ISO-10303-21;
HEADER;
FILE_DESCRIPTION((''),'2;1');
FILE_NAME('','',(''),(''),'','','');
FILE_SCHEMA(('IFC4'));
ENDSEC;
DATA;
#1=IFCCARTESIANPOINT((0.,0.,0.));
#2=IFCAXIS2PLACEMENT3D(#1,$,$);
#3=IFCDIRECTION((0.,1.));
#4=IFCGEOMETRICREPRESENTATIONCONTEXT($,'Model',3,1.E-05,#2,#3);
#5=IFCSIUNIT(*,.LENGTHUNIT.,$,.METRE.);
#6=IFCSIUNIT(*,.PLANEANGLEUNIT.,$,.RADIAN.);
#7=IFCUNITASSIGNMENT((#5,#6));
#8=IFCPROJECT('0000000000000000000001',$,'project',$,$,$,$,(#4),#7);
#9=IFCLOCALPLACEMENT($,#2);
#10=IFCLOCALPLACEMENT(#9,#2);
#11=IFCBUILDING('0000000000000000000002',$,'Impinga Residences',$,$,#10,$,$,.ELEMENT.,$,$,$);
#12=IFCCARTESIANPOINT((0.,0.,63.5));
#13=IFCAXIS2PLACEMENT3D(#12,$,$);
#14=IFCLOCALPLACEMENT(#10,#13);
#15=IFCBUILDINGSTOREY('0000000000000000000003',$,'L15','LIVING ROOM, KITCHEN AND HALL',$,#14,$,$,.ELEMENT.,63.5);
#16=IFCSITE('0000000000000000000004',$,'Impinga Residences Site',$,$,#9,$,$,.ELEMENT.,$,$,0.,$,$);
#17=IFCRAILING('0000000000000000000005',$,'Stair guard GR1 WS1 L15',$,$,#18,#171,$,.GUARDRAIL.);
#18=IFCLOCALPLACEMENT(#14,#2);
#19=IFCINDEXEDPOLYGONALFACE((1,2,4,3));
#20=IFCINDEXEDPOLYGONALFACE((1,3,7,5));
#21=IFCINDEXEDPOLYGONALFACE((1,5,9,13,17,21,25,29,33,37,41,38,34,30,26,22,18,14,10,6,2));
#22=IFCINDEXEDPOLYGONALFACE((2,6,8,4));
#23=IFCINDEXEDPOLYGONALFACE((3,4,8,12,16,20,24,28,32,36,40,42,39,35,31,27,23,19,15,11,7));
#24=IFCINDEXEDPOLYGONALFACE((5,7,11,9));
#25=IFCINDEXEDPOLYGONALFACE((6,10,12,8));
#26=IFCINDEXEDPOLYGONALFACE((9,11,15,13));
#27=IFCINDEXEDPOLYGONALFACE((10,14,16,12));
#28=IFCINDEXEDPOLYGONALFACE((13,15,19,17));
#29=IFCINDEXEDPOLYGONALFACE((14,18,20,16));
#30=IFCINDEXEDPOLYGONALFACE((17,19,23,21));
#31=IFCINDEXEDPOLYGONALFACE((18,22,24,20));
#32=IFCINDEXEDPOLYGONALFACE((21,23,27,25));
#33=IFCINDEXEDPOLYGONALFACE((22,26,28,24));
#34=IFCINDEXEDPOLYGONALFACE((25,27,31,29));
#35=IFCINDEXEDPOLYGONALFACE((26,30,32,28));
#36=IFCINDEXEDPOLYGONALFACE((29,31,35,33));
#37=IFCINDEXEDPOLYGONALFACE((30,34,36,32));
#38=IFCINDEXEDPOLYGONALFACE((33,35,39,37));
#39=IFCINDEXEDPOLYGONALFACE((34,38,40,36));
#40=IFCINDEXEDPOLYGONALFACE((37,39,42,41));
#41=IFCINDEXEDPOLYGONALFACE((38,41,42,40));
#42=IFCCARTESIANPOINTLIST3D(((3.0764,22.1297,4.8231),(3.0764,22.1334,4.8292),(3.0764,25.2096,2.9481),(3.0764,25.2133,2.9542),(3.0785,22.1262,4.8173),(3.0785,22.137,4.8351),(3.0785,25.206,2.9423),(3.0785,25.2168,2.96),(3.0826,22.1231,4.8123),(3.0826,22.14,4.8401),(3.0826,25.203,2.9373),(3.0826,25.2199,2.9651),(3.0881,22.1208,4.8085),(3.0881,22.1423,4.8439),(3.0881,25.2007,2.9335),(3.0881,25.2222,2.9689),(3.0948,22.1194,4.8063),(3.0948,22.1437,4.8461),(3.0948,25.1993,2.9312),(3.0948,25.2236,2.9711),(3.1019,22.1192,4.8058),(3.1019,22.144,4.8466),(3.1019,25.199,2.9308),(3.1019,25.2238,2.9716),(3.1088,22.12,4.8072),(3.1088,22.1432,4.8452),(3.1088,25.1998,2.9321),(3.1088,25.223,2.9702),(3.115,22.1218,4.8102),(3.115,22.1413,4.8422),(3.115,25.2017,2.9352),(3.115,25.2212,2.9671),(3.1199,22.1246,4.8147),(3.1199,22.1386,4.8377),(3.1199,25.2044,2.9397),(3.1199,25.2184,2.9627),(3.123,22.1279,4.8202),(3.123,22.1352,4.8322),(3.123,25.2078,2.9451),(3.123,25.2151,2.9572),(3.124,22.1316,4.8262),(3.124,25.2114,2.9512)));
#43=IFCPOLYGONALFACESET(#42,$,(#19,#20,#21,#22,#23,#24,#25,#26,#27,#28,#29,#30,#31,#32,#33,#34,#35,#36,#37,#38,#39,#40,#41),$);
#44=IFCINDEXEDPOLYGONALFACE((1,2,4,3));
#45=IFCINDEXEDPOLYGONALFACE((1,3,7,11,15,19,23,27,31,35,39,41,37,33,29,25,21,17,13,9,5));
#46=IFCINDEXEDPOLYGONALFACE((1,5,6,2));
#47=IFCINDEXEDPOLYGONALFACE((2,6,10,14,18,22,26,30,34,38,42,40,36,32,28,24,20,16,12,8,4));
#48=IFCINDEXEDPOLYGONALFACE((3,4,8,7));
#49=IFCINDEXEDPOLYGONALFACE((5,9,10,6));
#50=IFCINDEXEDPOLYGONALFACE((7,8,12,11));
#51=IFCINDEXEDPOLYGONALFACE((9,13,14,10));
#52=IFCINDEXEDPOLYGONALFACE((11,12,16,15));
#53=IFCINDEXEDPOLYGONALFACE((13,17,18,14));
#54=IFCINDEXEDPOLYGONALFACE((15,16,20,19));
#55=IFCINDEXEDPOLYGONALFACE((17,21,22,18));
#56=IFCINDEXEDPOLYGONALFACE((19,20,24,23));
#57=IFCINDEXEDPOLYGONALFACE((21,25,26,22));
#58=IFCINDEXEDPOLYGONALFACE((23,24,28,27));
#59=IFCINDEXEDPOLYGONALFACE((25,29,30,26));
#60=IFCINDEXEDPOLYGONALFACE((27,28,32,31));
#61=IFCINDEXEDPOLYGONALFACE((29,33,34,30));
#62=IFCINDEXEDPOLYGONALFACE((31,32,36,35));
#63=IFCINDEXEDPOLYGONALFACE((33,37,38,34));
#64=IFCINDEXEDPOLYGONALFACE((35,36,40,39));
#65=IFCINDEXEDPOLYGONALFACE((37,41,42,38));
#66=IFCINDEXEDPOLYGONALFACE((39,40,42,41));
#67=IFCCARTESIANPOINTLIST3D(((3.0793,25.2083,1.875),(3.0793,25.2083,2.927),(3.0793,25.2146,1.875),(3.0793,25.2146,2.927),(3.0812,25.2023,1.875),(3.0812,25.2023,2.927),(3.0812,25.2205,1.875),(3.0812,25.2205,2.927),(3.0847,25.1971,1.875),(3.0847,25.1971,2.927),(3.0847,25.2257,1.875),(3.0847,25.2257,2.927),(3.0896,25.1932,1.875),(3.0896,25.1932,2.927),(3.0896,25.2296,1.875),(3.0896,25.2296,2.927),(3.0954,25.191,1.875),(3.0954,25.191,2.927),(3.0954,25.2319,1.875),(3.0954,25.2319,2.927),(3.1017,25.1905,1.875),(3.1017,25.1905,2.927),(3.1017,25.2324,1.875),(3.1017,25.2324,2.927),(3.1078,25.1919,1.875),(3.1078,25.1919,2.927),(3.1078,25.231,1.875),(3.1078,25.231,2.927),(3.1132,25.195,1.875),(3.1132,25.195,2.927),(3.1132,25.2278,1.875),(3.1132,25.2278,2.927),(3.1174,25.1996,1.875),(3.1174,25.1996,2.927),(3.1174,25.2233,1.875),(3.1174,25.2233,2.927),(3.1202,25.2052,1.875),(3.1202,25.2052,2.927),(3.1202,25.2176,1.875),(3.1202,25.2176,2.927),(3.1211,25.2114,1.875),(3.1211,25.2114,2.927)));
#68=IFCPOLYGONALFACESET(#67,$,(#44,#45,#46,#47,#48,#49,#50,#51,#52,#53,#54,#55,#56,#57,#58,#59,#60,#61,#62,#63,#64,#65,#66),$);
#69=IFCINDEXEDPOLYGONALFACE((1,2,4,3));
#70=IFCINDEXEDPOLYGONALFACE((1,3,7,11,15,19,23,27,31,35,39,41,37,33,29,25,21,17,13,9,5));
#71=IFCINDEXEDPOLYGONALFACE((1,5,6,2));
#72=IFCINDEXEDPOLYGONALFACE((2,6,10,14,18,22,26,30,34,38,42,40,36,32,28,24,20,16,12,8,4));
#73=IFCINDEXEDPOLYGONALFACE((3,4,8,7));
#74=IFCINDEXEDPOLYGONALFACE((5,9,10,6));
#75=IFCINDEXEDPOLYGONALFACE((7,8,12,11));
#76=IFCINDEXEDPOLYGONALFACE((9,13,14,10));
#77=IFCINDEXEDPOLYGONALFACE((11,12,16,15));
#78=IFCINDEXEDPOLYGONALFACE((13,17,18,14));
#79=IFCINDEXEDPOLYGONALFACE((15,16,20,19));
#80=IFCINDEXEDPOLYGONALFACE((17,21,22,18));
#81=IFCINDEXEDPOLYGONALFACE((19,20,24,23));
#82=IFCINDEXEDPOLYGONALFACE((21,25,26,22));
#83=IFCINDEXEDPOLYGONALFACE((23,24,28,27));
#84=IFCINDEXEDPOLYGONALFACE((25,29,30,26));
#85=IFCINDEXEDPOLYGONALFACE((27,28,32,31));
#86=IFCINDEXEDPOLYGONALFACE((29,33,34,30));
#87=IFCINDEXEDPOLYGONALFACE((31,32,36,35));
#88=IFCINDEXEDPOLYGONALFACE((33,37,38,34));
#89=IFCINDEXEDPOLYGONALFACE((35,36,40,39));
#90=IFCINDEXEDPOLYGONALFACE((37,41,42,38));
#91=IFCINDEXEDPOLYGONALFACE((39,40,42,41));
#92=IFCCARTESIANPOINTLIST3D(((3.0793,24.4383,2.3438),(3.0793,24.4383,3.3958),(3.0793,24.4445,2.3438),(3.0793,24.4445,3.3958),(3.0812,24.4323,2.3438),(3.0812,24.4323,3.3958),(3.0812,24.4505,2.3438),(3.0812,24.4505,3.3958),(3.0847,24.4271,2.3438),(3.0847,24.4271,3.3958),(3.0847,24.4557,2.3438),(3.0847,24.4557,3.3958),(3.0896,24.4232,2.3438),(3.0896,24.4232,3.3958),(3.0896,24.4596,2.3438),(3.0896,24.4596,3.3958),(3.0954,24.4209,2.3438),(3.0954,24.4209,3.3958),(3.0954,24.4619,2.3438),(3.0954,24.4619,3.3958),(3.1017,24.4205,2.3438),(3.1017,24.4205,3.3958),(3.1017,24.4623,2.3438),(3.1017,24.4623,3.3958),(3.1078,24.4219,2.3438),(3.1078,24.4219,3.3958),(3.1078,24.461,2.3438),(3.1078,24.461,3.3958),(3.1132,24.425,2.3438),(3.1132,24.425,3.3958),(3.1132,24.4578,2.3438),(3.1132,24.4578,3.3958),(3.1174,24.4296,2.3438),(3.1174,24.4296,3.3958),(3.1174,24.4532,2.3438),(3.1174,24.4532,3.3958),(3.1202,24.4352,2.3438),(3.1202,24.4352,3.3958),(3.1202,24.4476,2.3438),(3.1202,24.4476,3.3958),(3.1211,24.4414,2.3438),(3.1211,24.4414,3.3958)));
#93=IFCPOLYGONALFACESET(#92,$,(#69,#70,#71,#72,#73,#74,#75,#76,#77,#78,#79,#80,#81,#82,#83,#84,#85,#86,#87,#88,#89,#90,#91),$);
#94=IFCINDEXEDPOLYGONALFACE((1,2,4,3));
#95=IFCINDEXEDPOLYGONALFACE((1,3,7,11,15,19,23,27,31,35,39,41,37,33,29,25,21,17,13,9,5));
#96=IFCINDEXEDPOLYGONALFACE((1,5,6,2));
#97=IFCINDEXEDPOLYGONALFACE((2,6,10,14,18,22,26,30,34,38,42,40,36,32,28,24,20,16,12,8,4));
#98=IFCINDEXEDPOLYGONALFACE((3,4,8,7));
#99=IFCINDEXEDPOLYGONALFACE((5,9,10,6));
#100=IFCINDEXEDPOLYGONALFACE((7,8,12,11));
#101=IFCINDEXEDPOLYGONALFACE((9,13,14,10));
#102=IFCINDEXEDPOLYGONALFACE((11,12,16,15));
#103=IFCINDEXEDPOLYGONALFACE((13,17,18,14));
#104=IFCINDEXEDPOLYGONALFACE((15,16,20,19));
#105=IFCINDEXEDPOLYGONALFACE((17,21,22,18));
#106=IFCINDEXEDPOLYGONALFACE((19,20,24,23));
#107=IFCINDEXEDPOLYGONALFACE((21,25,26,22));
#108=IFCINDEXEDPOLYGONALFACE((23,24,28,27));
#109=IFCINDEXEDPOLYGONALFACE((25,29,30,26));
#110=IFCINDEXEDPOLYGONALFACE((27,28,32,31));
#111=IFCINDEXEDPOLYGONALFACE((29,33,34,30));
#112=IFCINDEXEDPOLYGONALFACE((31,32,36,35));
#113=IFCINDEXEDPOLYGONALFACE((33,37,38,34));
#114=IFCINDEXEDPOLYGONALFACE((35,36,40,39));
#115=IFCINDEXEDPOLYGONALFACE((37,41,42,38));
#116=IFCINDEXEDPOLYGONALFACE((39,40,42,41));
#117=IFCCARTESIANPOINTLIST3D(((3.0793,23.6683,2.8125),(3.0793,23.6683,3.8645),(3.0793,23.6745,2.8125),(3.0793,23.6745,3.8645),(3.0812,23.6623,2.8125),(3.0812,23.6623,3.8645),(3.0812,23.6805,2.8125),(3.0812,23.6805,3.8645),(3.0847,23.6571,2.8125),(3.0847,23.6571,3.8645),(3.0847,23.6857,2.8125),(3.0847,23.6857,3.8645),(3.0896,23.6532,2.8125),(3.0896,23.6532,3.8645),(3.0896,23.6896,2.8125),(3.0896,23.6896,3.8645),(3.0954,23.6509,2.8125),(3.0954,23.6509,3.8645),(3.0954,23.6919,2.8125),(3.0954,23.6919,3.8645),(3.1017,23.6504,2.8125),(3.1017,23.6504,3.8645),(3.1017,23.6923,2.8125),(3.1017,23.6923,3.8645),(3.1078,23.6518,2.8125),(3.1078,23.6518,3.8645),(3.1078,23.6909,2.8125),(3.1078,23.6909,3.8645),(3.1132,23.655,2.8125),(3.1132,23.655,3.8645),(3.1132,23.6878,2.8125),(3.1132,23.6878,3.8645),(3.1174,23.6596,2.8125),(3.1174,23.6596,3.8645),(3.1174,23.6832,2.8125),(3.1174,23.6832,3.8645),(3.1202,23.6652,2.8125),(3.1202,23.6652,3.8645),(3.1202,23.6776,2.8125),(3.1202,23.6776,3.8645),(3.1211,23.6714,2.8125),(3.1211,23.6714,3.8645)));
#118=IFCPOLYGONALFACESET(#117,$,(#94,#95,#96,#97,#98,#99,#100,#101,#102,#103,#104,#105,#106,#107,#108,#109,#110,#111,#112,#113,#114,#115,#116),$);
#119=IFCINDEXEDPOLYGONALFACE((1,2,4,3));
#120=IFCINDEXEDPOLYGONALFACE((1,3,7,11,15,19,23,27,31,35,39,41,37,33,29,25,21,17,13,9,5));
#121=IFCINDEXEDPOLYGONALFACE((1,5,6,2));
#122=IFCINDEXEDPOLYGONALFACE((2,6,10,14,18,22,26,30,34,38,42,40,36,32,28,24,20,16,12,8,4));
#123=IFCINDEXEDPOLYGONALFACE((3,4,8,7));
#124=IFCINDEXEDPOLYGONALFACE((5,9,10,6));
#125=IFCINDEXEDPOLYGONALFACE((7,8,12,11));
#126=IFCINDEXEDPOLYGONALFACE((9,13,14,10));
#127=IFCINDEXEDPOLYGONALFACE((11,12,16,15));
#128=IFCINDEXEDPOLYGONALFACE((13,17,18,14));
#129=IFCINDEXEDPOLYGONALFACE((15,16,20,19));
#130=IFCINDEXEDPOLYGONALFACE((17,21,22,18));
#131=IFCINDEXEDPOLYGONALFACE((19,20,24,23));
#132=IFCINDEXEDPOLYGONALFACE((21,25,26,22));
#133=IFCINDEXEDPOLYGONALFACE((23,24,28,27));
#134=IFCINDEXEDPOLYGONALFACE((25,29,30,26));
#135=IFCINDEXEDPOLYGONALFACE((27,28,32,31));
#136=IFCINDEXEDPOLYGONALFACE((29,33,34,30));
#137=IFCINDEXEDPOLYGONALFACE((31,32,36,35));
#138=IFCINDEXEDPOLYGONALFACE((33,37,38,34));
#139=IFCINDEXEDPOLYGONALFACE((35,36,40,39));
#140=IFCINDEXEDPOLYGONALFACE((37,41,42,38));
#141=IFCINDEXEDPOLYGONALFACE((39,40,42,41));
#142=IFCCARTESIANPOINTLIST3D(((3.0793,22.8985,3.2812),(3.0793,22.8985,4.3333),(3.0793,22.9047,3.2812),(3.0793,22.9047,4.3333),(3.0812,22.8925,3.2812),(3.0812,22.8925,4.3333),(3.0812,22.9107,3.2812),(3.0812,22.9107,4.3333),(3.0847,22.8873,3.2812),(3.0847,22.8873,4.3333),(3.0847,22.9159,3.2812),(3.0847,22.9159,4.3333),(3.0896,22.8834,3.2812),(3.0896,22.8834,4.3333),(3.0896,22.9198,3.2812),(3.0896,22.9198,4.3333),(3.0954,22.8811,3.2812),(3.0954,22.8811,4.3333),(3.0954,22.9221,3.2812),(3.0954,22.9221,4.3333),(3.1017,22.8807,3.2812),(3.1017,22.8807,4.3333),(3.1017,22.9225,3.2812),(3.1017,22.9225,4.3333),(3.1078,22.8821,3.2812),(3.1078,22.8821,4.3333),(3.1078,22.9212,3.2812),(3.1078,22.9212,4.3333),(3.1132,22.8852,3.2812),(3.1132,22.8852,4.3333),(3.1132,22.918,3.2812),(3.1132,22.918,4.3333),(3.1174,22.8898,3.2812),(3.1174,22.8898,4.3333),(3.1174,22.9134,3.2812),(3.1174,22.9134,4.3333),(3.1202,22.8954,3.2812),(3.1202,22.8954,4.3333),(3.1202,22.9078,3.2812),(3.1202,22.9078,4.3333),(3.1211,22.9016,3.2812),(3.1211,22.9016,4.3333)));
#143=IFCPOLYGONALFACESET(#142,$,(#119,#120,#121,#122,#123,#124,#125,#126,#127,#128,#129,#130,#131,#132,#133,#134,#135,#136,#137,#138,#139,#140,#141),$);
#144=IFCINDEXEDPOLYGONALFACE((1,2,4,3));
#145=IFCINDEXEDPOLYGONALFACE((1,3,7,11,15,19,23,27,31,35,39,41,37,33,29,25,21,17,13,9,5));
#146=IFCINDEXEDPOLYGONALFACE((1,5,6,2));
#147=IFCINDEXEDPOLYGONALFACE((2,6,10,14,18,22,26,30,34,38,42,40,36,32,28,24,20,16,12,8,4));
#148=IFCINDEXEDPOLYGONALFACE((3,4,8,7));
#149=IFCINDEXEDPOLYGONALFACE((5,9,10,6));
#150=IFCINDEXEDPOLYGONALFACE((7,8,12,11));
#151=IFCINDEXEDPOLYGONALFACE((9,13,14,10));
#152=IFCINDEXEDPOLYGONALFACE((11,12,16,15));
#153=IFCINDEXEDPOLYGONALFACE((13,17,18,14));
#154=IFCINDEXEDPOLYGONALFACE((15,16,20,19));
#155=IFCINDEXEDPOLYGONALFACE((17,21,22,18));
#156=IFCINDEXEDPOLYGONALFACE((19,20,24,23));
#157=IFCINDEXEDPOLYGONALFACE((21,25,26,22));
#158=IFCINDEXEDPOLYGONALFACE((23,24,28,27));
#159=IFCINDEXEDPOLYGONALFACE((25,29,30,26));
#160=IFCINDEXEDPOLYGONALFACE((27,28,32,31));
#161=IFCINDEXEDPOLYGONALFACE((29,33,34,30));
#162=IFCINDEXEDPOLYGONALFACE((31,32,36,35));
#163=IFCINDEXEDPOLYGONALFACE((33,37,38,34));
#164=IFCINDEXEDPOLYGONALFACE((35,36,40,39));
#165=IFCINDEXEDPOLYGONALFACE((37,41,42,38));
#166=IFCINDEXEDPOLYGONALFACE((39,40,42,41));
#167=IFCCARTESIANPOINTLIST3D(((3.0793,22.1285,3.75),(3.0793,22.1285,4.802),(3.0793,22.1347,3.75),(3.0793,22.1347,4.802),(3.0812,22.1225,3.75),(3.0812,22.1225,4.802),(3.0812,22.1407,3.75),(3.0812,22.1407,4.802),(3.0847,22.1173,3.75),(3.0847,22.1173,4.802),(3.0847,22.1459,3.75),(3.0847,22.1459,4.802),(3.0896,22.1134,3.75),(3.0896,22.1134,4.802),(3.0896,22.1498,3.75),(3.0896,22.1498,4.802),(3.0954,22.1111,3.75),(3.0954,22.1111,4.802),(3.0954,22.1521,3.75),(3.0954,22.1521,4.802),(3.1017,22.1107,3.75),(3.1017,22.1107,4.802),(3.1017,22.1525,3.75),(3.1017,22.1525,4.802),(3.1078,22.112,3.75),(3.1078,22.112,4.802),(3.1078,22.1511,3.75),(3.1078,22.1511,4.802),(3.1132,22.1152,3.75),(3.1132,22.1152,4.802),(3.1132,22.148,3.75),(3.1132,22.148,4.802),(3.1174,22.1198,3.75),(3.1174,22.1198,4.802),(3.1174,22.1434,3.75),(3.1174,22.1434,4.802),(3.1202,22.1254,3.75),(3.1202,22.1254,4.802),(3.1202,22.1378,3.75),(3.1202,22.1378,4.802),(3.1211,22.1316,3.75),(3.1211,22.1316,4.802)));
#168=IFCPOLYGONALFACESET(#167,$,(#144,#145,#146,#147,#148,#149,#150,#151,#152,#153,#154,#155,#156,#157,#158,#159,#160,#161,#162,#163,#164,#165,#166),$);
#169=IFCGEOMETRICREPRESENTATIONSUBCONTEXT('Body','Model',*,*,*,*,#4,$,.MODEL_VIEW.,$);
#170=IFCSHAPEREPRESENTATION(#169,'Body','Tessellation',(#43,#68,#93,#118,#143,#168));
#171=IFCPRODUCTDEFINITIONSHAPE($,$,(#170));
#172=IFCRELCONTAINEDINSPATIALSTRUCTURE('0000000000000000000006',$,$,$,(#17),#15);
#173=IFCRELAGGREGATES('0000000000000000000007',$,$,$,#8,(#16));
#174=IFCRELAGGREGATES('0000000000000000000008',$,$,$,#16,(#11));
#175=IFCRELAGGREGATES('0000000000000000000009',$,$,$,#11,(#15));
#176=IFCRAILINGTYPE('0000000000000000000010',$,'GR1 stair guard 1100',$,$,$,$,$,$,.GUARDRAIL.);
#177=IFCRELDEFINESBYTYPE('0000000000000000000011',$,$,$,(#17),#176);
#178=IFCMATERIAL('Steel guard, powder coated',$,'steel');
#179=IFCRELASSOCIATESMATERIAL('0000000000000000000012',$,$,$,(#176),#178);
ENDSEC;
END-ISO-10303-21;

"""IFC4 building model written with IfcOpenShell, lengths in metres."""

from ifc_helpers import new_model, si_unit, direction, frame, origin, origin_2d, place, context, subcontext, project, spatial, circle, extrude, material, type_object, element, save


model = new_model("IFC4")

# Units and contexts
model_context = context("Model", 3, precision=1e-05, world=origin(), true_north=direction((0.0, 1.0)))
body_context = subcontext(model_context, "Body", "Model", "MODEL_VIEW")
ifc_project = project(units=[si_unit("LENGTHUNIT", "METRE"), si_unit("PLANEANGLEUNIT", "RADIAN")], contexts=[model_context])

# Site, building, storey
site_placement = place(None, origin())
site = spatial("IfcSite", under=ifc_project, at=site_placement, Name="Impinga Residences Site", CompositionType="ELEMENT", RefElevation=0.0)
building_placement = place(site_placement, origin())
building = spatial("IfcBuilding", under=site, at=building_placement, Name="Impinga Residences", CompositionType="ELEMENT")
storey_placement = place(building_placement, frame((0.0, 0.0, 63.5)))
storey = spatial("IfcBuildingStorey", under=building, at=storey_placement, Name="L15", Description="LIVING ROOM, KITCHEN AND HALL", CompositionType="ELEMENT", Elevation=63.5)

# Railing
ifc_material_1 = material(Name="Steel guard, powder coated", Category="steel")
railing_type_1 = type_object("IfcRailingType", Name="GR1 stair guard 1100", PredefinedType="GUARDRAIL", material=ifc_material_1)
railing_1_placement = place(storey_placement, frame((3.1001, 25.2114, 1.875)))
element("IfcRailing", 1, at=railing_1_placement, inside=storey, type_object=railing_type_1, Name="Stair guard GR1 WS1 L15", PredefinedType="GUARDRAIL", context=body_context, shape_type="SweptSolid", body=[
    extrude(circle(Radius=0.0239, at=origin_2d()), frame((0.0, 0.0, 1.0762), z_axis=(0.0, -0.854159, 0.520011), x_axis=(1.0, 0.0, 0.0)), (0.0, 0.0, 1.0), 3.6057),
    extrude(circle(Radius=0.021, at=origin_2d()), origin(), (0.0, 0.0, 1.0), 1.052),
    extrude(circle(Radius=0.021, at=origin_2d()), frame((0.0, -0.77, 0.4688)), (0.0, 0.0, 1.0), 1.052),
    extrude(circle(Radius=0.021, at=origin_2d()), frame((0.0, -1.54, 0.9375)), (0.0, 0.0, 1.0), 1.052),
    extrude(circle(Radius=0.021, at=origin_2d()), frame((0.0, -2.3098, 1.4062)), (0.0, 0.0, 1.0), 1.052),
    extrude(circle(Radius=0.021, at=origin_2d()), frame((0.0, -3.0798, 1.875)), (0.0, 0.0, 1.0), 1.052),
])

save(model, "model.ifc")
